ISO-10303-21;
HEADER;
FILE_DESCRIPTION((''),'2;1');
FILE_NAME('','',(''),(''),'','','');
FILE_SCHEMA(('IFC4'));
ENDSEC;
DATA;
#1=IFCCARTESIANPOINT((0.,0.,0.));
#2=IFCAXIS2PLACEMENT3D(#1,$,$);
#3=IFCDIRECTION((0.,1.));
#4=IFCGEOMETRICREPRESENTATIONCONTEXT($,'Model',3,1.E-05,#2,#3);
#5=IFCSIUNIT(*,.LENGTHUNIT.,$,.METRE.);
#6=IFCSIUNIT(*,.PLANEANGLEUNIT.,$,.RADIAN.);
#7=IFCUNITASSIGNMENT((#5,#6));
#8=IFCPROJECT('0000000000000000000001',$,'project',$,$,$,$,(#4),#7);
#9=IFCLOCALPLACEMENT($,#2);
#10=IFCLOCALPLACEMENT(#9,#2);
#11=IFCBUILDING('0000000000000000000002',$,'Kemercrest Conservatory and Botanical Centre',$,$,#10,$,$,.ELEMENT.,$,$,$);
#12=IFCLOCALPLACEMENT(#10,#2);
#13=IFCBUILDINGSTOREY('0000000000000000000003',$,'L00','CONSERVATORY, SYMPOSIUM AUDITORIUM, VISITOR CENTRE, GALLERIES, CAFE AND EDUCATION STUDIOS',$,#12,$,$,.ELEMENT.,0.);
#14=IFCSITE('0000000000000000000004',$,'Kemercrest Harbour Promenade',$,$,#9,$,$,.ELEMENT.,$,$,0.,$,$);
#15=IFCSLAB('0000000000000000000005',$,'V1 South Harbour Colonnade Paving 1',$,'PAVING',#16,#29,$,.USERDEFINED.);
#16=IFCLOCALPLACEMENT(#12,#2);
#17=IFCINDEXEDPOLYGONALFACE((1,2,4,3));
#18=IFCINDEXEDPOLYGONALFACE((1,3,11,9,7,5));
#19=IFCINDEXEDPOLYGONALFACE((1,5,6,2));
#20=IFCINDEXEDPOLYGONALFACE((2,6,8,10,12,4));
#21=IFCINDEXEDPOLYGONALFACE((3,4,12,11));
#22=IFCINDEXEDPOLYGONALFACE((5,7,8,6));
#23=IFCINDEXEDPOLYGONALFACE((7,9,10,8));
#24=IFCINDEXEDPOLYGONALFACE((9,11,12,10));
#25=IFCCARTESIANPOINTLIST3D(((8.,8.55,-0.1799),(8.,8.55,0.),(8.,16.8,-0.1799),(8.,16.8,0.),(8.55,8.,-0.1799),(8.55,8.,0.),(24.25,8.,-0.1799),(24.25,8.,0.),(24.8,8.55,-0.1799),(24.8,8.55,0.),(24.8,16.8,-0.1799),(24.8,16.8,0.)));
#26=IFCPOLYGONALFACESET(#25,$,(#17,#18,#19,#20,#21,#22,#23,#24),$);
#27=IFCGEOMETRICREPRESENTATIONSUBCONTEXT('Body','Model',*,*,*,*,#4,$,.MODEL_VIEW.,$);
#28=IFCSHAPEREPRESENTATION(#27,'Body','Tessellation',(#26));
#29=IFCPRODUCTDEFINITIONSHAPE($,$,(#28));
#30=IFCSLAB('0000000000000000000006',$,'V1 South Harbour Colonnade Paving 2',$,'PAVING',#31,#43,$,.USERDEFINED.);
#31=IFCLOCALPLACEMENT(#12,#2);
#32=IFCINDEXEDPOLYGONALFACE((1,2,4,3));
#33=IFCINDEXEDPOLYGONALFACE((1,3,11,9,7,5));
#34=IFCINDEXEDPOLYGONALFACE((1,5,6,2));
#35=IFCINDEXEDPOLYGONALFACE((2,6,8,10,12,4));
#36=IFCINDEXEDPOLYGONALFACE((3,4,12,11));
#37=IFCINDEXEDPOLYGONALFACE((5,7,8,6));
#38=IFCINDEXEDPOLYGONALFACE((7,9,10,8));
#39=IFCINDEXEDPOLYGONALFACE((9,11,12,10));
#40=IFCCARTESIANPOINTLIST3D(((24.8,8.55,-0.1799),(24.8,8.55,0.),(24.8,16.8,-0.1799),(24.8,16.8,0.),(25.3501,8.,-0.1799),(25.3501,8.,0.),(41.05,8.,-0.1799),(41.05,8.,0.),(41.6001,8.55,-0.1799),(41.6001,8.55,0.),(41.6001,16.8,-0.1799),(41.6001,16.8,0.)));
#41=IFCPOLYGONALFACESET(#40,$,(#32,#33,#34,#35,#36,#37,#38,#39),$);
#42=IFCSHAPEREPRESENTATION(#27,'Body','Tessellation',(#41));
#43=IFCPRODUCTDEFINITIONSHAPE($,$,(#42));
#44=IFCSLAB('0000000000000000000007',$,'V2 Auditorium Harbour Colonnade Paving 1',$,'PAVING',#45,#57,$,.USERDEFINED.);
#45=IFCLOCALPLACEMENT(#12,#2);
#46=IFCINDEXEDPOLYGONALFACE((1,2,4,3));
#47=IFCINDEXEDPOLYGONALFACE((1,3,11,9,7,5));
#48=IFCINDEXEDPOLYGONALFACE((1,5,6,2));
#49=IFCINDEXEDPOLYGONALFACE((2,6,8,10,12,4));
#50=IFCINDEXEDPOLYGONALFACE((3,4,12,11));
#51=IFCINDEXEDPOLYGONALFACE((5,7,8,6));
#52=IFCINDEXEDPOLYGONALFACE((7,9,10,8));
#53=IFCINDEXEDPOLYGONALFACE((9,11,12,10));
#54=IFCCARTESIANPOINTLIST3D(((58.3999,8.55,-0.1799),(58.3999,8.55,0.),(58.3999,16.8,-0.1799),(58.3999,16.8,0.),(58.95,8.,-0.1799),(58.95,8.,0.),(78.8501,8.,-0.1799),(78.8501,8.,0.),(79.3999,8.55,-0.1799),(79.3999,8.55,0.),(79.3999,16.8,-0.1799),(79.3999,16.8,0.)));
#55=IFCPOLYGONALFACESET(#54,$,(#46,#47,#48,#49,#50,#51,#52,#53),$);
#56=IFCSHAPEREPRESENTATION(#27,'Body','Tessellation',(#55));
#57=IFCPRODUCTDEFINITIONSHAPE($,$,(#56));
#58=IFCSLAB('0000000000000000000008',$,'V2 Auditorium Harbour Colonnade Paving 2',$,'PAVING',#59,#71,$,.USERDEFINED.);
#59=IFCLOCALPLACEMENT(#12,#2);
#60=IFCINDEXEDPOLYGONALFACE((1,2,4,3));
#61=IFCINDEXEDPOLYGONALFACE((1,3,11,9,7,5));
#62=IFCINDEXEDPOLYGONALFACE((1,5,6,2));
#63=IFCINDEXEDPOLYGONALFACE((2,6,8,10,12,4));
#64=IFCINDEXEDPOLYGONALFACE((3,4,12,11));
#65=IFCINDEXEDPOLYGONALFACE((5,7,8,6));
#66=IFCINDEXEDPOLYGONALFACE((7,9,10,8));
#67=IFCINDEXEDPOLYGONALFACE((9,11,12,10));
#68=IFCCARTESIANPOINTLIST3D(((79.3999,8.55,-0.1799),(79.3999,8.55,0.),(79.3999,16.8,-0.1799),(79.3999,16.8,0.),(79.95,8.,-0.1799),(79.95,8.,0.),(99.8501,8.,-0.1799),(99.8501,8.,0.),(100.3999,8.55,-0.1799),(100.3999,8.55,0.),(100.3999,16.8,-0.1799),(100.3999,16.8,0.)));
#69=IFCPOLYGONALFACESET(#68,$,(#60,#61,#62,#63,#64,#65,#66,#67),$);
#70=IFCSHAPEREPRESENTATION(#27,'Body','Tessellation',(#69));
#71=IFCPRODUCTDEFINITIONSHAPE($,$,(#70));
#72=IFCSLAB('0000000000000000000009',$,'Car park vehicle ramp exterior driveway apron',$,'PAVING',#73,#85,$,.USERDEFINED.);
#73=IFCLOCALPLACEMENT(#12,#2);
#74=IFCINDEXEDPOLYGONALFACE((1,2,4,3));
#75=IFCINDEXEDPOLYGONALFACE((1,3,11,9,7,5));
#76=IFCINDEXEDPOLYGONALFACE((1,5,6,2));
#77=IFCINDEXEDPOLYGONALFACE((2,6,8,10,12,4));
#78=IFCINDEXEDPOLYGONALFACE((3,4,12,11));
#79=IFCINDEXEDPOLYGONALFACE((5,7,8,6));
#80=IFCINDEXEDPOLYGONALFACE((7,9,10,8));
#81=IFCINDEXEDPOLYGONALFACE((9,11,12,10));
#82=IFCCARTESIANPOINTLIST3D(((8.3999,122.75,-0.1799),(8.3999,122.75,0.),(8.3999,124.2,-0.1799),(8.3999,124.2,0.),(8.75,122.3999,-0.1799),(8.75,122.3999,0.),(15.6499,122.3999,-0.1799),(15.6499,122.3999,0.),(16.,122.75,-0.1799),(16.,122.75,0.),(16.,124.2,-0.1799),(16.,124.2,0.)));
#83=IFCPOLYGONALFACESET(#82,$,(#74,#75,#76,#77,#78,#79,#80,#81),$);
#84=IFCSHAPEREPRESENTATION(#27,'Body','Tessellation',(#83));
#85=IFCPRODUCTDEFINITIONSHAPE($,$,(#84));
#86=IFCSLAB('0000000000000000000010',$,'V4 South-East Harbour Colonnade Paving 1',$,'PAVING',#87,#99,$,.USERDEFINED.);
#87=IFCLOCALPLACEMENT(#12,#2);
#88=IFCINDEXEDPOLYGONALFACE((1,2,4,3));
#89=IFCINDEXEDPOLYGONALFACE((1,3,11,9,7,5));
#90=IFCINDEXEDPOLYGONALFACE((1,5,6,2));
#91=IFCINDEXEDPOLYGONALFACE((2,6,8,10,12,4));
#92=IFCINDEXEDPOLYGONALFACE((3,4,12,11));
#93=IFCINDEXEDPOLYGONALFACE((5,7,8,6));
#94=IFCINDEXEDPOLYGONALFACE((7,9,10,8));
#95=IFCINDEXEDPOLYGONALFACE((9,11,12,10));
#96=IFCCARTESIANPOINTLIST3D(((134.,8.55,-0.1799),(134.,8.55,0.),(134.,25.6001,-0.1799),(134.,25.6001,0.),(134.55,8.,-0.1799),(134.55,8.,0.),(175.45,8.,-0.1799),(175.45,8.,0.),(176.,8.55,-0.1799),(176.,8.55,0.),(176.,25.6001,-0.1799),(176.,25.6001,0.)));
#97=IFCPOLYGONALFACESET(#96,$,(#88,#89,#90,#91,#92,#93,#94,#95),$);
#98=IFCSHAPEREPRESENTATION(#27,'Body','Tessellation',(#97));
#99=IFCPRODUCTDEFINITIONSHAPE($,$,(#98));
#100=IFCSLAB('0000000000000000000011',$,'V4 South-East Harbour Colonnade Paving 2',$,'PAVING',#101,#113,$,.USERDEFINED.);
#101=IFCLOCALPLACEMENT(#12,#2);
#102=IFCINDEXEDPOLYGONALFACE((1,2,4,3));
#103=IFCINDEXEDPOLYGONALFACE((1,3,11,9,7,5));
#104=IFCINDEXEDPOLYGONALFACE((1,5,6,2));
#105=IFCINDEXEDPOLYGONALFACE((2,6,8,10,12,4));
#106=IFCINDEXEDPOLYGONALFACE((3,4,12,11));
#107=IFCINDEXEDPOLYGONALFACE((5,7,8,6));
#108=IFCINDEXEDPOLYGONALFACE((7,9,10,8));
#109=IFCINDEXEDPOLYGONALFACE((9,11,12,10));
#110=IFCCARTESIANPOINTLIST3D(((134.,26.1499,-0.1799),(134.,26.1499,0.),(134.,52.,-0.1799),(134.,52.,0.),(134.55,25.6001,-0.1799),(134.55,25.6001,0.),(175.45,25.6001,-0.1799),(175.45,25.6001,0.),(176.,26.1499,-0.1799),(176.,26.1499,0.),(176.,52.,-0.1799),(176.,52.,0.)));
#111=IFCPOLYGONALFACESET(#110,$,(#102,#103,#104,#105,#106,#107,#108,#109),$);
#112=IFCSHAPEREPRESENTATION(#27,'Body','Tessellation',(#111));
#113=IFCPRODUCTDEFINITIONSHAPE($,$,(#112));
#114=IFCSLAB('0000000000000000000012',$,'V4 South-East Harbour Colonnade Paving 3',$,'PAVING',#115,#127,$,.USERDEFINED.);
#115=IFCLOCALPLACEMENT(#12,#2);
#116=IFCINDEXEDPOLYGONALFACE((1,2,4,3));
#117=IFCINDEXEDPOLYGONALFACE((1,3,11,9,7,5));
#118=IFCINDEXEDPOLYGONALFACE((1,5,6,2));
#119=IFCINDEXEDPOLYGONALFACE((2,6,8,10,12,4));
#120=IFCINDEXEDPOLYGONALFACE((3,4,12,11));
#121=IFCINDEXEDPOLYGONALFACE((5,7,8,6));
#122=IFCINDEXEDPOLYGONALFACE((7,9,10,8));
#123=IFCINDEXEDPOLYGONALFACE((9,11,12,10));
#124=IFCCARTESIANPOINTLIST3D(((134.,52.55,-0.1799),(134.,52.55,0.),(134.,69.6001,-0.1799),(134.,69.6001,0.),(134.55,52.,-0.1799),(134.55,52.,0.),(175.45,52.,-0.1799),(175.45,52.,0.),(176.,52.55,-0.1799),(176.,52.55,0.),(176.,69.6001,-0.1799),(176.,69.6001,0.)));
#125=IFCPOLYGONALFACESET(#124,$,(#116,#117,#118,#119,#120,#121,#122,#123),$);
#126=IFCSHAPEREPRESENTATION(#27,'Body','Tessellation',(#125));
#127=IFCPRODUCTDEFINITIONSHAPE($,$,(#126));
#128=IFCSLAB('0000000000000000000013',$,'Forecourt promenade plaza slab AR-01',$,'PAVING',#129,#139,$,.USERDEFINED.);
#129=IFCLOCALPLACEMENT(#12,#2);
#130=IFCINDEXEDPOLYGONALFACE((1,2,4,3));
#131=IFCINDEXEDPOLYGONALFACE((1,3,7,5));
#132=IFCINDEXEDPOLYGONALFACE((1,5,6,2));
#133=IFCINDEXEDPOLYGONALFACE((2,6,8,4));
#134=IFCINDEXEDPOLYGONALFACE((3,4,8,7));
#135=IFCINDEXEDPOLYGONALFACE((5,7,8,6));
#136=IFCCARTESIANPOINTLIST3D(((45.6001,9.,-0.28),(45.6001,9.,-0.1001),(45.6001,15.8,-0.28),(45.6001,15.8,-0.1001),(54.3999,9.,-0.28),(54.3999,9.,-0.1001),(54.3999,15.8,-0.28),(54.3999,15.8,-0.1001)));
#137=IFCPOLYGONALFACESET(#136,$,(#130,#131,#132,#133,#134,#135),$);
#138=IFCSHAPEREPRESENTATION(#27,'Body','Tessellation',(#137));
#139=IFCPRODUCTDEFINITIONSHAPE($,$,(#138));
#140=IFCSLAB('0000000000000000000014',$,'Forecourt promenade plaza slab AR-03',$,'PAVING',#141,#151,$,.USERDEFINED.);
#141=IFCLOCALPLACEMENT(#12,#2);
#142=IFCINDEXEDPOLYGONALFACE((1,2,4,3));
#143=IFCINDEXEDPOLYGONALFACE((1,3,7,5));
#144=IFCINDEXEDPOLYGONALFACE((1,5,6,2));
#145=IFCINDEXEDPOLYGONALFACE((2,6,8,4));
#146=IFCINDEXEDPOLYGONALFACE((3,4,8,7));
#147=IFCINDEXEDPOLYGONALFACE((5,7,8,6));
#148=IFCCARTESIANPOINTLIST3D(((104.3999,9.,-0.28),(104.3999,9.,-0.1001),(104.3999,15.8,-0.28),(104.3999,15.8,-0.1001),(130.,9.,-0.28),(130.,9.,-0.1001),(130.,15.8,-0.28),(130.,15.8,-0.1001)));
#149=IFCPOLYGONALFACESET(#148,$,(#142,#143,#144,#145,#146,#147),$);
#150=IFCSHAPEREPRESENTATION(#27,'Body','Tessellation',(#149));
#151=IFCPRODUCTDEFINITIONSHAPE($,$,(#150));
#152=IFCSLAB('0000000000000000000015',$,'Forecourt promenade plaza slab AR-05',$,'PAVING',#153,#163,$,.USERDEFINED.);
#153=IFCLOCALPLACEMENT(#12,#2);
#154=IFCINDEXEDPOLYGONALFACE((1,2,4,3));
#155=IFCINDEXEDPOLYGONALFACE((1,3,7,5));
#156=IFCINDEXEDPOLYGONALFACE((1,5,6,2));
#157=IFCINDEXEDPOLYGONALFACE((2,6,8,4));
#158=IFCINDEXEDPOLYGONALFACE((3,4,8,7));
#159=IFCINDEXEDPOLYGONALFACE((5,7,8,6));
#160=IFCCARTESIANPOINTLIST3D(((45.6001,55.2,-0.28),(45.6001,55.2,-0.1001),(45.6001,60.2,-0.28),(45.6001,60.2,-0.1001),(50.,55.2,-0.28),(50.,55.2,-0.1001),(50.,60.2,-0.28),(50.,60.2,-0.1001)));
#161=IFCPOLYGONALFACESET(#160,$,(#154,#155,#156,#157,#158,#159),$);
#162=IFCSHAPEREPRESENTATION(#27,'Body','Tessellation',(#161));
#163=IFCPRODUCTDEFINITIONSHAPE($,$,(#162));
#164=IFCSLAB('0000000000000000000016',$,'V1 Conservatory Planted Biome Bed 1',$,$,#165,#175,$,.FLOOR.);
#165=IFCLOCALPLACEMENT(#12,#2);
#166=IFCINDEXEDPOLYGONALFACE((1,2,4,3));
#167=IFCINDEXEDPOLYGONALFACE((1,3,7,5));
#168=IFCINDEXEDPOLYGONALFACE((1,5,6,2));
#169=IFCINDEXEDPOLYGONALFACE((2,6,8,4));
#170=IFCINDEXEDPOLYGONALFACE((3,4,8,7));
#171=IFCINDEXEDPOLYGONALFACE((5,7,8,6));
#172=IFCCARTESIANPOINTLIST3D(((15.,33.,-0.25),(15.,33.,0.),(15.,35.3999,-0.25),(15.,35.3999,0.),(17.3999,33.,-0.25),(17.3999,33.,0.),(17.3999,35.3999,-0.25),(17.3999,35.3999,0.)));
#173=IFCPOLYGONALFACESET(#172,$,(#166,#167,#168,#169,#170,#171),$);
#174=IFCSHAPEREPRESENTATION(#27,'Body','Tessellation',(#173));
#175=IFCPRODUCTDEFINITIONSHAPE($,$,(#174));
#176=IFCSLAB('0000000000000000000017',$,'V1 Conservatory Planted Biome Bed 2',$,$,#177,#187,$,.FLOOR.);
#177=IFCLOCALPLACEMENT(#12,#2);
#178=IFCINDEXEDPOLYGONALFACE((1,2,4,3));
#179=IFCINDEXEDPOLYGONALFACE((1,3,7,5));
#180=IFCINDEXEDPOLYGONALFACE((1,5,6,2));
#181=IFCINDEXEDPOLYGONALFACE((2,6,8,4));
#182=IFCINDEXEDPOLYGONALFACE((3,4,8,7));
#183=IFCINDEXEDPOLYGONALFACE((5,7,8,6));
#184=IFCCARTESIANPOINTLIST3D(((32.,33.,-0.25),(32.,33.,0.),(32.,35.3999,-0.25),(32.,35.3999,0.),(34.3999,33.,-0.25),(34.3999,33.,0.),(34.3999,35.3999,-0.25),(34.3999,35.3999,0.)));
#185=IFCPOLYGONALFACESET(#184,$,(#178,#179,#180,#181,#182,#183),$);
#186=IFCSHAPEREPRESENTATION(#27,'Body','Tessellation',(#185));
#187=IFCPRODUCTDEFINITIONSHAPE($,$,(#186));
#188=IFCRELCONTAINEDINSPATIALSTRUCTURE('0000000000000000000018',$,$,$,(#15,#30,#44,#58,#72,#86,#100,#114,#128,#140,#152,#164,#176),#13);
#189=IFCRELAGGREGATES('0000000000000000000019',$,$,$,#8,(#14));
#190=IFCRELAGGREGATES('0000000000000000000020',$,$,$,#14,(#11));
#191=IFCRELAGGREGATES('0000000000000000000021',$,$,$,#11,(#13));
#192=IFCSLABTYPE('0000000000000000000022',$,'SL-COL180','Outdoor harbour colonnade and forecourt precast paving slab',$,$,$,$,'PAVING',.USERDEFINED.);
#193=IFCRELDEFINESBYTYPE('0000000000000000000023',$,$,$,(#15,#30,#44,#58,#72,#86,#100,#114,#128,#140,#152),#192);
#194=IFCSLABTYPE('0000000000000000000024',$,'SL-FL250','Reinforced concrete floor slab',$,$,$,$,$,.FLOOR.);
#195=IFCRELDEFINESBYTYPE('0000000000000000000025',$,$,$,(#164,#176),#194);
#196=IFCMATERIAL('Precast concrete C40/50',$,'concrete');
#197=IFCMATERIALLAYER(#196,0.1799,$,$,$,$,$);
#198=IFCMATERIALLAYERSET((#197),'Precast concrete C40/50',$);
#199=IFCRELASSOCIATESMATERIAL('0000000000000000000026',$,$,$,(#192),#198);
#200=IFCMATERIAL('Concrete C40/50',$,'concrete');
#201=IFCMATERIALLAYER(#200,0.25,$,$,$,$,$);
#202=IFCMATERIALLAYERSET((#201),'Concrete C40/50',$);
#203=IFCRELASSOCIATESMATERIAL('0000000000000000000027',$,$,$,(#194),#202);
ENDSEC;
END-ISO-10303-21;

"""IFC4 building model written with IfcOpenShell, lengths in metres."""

from ifc_helpers import new_model, si_unit, direction, frame, origin, place, context, subcontext, project, spatial, polyline, outline, extrude, material, layer, layer_set, type_object, element, save


model = new_model("IFC4")

# Units and contexts
model_context = context("Model", 3, precision=1e-05, world=origin(), true_north=direction((0.0, 1.0)))
body_context = subcontext(model_context, "Body", "Model", "MODEL_VIEW")
ifc_project = project(units=[si_unit("LENGTHUNIT", "METRE"), si_unit("PLANEANGLEUNIT", "RADIAN")], contexts=[model_context])

# Site, building, storey
site_placement = place(None, origin())
site = spatial("IfcSite", under=ifc_project, at=site_placement, Name="Kemercrest Harbour Promenade", CompositionType="ELEMENT", RefElevation=0.0)
building_placement = place(site_placement, origin())
building = spatial("IfcBuilding", under=site, at=building_placement, Name="Kemercrest Conservatory and Botanical Centre", CompositionType="ELEMENT")
storey_placement = place(building_placement, origin())
storey = spatial("IfcBuildingStorey", under=building, at=storey_placement, Name="L00", Description="CONSERVATORY, SYMPOSIUM AUDITORIUM, VISITOR CENTRE, GALLERIES, CAFE AND EDUCATION STUDIOS", CompositionType="ELEMENT", Elevation=0.0)

# Slabs
ifc_material_1 = material(Name="Precast concrete C40/50", Category="concrete")
ifc_layer_1 = layer(ifc_material_1, 0.1799)
ifc_layer_set_1 = layer_set([ifc_layer_1], Name="Precast concrete C40/50")
slab_type_1 = type_object("IfcSlabType", Name="SL-COL180", Description="Outdoor harbour colonnade and forecourt precast paving slab", ElementType="PAVING", PredefinedType="USERDEFINED", material=ifc_layer_set_1)
slab_1_placement = place(storey_placement, frame((0.0, 0.0, -0.1799)))
element("IfcSlab", 1, at=slab_1_placement, inside=storey, type_object=slab_type_1, Name="V1 South Harbour Colonnade Paving 1", ObjectType="PAVING", PredefinedType="USERDEFINED", context=body_context, shape_type="SweptSolid", body=[
    extrude(outline(polyline([(8.55, 8.0), (24.25, 8.0), (24.8, 8.55), (24.8, 16.8), (8.0, 16.8), (8.0, 8.55), (8.55, 8.0)])), origin(), (0.0, 0.0, 1.0), 0.1799),
])
slab_2_placement = place(storey_placement, frame((0.0, 0.0, -0.1799)))
element("IfcSlab", 2, at=slab_2_placement, inside=storey, type_object=slab_type_1, Name="V1 South Harbour Colonnade Paving 2", ObjectType="PAVING", PredefinedType="USERDEFINED", context=body_context, shape_type="SweptSolid", body=[
    extrude(outline(polyline([(25.3501, 8.0), (41.05, 8.0), (41.6001, 8.55), (41.6001, 16.8), (24.8, 16.8), (24.8, 8.55), (25.3501, 8.0)])), origin(), (0.0, 0.0, 1.0), 0.1799),
])
slab_3_placement = place(storey_placement, frame((0.0, 0.0, -0.1799)))
element("IfcSlab", 3, at=slab_3_placement, inside=storey, type_object=slab_type_1, Name="V2 Auditorium Harbour Colonnade Paving 1", ObjectType="PAVING", PredefinedType="USERDEFINED", context=body_context, shape_type="SweptSolid", body=[
    extrude(outline(polyline([(58.95, 8.0), (78.8501, 8.0), (79.3999, 8.55), (79.3999, 16.8), (58.3999, 16.8), (58.3999, 8.55), (58.95, 8.0)])), origin(), (0.0, 0.0, 1.0), 0.1799),
])
slab_4_placement = place(storey_placement, frame((0.0, 0.0, -0.1799)))
element("IfcSlab", 4, at=slab_4_placement, inside=storey, type_object=slab_type_1, Name="V2 Auditorium Harbour Colonnade Paving 2", ObjectType="PAVING", PredefinedType="USERDEFINED", context=body_context, shape_type="SweptSolid", body=[
    extrude(outline(polyline([(79.95, 8.0), (99.8501, 8.0), (100.3999, 8.55), (100.3999, 16.8), (79.3999, 16.8), (79.3999, 8.55), (79.95, 8.0)])), origin(), (0.0, 0.0, 1.0), 0.1799),
])
slab_5_placement = place(storey_placement, frame((0.0, 0.0, -0.1799)))
element("IfcSlab", 5, at=slab_5_placement, inside=storey, type_object=slab_type_1, Name="Car park vehicle ramp exterior driveway apron", ObjectType="PAVING", PredefinedType="USERDEFINED", context=body_context, shape_type="SweptSolid", body=[
    extrude(outline(polyline([(8.75, 122.3999), (15.6499, 122.3999), (16.0, 122.75), (16.0, 124.2), (8.3999, 124.2), (8.3999, 122.75), (8.75, 122.3999)])), origin(), (0.0, 0.0, 1.0), 0.1799),
])
slab_6_placement = place(storey_placement, frame((0.0, 0.0, -0.1799)))
element("IfcSlab", 6, at=slab_6_placement, inside=storey, type_object=slab_type_1, Name="V4 South-East Harbour Colonnade Paving 1", ObjectType="PAVING", PredefinedType="USERDEFINED", context=body_context, shape_type="SweptSolid", body=[
    extrude(outline(polyline([(134.55, 8.0), (175.45, 8.0), (176.0, 8.55), (176.0, 25.6001), (134.0, 25.6001), (134.0, 8.55), (134.55, 8.0)])), origin(), (0.0, 0.0, 1.0), 0.1799),
])
slab_7_placement = place(storey_placement, frame((0.0, 0.0, -0.1799)))
element("IfcSlab", 7, at=slab_7_placement, inside=storey, type_object=slab_type_1, Name="V4 South-East Harbour Colonnade Paving 2", ObjectType="PAVING", PredefinedType="USERDEFINED", context=body_context, shape_type="SweptSolid", body=[
    extrude(outline(polyline([(134.55, 25.6001), (175.45, 25.6001), (176.0, 26.1499), (176.0, 52.0), (134.0, 52.0), (134.0, 26.1499), (134.55, 25.6001)])), origin(), (0.0, 0.0, 1.0), 0.1799),
])
slab_8_placement = place(storey_placement, frame((0.0, 0.0, -0.1799)))
element("IfcSlab", 8, at=slab_8_placement, inside=storey, type_object=slab_type_1, Name="V4 South-East Harbour Colonnade Paving 3", ObjectType="PAVING", PredefinedType="USERDEFINED", context=body_context, shape_type="SweptSolid", body=[
    extrude(outline(polyline([(134.55, 52.0), (175.45, 52.0), (176.0, 52.55), (176.0, 69.6001), (134.0, 69.6001), (134.0, 52.55), (134.55, 52.0)])), origin(), (0.0, 0.0, 1.0), 0.1799),
])
slab_9_placement = place(storey_placement, frame((0.0, 0.0, -0.28)))
element("IfcSlab", 9, at=slab_9_placement, inside=storey, type_object=slab_type_1, Name="Forecourt promenade plaza slab AR-01", ObjectType="PAVING", PredefinedType="USERDEFINED", context=body_context, shape_type="SweptSolid", body=[
    extrude(outline(polyline([(45.6001, 9.0), (54.3999, 9.0), (54.3999, 15.8), (45.6001, 15.8), (45.6001, 9.0)])), origin(), (0.0, 0.0, 1.0), 0.1799),
])
slab_10_placement = place(storey_placement, frame((0.0, 0.0, -0.28)))
element("IfcSlab", 10, at=slab_10_placement, inside=storey, type_object=slab_type_1, Name="Forecourt promenade plaza slab AR-03", ObjectType="PAVING", PredefinedType="USERDEFINED", context=body_context, shape_type="SweptSolid", body=[
    extrude(outline(polyline([(104.3999, 9.0), (130.0, 9.0), (130.0, 15.8), (104.3999, 15.8), (104.3999, 9.0)])), origin(), (0.0, 0.0, 1.0), 0.1799),
])
slab_11_placement = place(storey_placement, frame((0.0, 0.0, -0.28)))
element("IfcSlab", 11, at=slab_11_placement, inside=storey, type_object=slab_type_1, Name="Forecourt promenade plaza slab AR-05", ObjectType="PAVING", PredefinedType="USERDEFINED", context=body_context, shape_type="SweptSolid", body=[
    extrude(outline(polyline([(45.6001, 55.2), (50.0, 55.2), (50.0, 60.2), (45.6001, 60.2), (45.6001, 55.2)])), origin(), (0.0, 0.0, 1.0), 0.1799),
])
ifc_material_2 = material(Name="Concrete C40/50", Category="concrete")
ifc_layer_2 = layer(ifc_material_2, 0.25)
ifc_layer_set_2 = layer_set([ifc_layer_2], Name="Concrete C40/50")
slab_type_2 = type_object("IfcSlabType", Name="SL-FL250", Description="Reinforced concrete floor slab", PredefinedType="FLOOR", material=ifc_layer_set_2)
slab_12_placement = place(storey_placement, frame((0.0, 0.0, -0.25)))
element("IfcSlab", 12, at=slab_12_placement, inside=storey, type_object=slab_type_2, Name="V1 Conservatory Planted Biome Bed 1", PredefinedType="FLOOR", context=body_context, shape_type="SweptSolid", body=[
    extrude(outline(polyline([(15.0, 33.0), (17.3999, 33.0), (17.3999, 35.3999), (15.0, 35.3999), (15.0, 33.0)])), origin(), (0.0, 0.0, 1.0), 0.25),
])
slab_13_placement = place(storey_placement, frame((0.0, 0.0, -0.25)))
element("IfcSlab", 13, at=slab_13_placement, inside=storey, type_object=slab_type_2, Name="V1 Conservatory Planted Biome Bed 2", PredefinedType="FLOOR", context=body_context, shape_type="SweptSolid", body=[
    extrude(outline(polyline([(32.0, 33.0), (34.3999, 33.0), (34.3999, 35.3999), (32.0, 35.3999), (32.0, 33.0)])), origin(), (0.0, 0.0, 1.0), 0.25),
])

save(model, "model.ifc")
